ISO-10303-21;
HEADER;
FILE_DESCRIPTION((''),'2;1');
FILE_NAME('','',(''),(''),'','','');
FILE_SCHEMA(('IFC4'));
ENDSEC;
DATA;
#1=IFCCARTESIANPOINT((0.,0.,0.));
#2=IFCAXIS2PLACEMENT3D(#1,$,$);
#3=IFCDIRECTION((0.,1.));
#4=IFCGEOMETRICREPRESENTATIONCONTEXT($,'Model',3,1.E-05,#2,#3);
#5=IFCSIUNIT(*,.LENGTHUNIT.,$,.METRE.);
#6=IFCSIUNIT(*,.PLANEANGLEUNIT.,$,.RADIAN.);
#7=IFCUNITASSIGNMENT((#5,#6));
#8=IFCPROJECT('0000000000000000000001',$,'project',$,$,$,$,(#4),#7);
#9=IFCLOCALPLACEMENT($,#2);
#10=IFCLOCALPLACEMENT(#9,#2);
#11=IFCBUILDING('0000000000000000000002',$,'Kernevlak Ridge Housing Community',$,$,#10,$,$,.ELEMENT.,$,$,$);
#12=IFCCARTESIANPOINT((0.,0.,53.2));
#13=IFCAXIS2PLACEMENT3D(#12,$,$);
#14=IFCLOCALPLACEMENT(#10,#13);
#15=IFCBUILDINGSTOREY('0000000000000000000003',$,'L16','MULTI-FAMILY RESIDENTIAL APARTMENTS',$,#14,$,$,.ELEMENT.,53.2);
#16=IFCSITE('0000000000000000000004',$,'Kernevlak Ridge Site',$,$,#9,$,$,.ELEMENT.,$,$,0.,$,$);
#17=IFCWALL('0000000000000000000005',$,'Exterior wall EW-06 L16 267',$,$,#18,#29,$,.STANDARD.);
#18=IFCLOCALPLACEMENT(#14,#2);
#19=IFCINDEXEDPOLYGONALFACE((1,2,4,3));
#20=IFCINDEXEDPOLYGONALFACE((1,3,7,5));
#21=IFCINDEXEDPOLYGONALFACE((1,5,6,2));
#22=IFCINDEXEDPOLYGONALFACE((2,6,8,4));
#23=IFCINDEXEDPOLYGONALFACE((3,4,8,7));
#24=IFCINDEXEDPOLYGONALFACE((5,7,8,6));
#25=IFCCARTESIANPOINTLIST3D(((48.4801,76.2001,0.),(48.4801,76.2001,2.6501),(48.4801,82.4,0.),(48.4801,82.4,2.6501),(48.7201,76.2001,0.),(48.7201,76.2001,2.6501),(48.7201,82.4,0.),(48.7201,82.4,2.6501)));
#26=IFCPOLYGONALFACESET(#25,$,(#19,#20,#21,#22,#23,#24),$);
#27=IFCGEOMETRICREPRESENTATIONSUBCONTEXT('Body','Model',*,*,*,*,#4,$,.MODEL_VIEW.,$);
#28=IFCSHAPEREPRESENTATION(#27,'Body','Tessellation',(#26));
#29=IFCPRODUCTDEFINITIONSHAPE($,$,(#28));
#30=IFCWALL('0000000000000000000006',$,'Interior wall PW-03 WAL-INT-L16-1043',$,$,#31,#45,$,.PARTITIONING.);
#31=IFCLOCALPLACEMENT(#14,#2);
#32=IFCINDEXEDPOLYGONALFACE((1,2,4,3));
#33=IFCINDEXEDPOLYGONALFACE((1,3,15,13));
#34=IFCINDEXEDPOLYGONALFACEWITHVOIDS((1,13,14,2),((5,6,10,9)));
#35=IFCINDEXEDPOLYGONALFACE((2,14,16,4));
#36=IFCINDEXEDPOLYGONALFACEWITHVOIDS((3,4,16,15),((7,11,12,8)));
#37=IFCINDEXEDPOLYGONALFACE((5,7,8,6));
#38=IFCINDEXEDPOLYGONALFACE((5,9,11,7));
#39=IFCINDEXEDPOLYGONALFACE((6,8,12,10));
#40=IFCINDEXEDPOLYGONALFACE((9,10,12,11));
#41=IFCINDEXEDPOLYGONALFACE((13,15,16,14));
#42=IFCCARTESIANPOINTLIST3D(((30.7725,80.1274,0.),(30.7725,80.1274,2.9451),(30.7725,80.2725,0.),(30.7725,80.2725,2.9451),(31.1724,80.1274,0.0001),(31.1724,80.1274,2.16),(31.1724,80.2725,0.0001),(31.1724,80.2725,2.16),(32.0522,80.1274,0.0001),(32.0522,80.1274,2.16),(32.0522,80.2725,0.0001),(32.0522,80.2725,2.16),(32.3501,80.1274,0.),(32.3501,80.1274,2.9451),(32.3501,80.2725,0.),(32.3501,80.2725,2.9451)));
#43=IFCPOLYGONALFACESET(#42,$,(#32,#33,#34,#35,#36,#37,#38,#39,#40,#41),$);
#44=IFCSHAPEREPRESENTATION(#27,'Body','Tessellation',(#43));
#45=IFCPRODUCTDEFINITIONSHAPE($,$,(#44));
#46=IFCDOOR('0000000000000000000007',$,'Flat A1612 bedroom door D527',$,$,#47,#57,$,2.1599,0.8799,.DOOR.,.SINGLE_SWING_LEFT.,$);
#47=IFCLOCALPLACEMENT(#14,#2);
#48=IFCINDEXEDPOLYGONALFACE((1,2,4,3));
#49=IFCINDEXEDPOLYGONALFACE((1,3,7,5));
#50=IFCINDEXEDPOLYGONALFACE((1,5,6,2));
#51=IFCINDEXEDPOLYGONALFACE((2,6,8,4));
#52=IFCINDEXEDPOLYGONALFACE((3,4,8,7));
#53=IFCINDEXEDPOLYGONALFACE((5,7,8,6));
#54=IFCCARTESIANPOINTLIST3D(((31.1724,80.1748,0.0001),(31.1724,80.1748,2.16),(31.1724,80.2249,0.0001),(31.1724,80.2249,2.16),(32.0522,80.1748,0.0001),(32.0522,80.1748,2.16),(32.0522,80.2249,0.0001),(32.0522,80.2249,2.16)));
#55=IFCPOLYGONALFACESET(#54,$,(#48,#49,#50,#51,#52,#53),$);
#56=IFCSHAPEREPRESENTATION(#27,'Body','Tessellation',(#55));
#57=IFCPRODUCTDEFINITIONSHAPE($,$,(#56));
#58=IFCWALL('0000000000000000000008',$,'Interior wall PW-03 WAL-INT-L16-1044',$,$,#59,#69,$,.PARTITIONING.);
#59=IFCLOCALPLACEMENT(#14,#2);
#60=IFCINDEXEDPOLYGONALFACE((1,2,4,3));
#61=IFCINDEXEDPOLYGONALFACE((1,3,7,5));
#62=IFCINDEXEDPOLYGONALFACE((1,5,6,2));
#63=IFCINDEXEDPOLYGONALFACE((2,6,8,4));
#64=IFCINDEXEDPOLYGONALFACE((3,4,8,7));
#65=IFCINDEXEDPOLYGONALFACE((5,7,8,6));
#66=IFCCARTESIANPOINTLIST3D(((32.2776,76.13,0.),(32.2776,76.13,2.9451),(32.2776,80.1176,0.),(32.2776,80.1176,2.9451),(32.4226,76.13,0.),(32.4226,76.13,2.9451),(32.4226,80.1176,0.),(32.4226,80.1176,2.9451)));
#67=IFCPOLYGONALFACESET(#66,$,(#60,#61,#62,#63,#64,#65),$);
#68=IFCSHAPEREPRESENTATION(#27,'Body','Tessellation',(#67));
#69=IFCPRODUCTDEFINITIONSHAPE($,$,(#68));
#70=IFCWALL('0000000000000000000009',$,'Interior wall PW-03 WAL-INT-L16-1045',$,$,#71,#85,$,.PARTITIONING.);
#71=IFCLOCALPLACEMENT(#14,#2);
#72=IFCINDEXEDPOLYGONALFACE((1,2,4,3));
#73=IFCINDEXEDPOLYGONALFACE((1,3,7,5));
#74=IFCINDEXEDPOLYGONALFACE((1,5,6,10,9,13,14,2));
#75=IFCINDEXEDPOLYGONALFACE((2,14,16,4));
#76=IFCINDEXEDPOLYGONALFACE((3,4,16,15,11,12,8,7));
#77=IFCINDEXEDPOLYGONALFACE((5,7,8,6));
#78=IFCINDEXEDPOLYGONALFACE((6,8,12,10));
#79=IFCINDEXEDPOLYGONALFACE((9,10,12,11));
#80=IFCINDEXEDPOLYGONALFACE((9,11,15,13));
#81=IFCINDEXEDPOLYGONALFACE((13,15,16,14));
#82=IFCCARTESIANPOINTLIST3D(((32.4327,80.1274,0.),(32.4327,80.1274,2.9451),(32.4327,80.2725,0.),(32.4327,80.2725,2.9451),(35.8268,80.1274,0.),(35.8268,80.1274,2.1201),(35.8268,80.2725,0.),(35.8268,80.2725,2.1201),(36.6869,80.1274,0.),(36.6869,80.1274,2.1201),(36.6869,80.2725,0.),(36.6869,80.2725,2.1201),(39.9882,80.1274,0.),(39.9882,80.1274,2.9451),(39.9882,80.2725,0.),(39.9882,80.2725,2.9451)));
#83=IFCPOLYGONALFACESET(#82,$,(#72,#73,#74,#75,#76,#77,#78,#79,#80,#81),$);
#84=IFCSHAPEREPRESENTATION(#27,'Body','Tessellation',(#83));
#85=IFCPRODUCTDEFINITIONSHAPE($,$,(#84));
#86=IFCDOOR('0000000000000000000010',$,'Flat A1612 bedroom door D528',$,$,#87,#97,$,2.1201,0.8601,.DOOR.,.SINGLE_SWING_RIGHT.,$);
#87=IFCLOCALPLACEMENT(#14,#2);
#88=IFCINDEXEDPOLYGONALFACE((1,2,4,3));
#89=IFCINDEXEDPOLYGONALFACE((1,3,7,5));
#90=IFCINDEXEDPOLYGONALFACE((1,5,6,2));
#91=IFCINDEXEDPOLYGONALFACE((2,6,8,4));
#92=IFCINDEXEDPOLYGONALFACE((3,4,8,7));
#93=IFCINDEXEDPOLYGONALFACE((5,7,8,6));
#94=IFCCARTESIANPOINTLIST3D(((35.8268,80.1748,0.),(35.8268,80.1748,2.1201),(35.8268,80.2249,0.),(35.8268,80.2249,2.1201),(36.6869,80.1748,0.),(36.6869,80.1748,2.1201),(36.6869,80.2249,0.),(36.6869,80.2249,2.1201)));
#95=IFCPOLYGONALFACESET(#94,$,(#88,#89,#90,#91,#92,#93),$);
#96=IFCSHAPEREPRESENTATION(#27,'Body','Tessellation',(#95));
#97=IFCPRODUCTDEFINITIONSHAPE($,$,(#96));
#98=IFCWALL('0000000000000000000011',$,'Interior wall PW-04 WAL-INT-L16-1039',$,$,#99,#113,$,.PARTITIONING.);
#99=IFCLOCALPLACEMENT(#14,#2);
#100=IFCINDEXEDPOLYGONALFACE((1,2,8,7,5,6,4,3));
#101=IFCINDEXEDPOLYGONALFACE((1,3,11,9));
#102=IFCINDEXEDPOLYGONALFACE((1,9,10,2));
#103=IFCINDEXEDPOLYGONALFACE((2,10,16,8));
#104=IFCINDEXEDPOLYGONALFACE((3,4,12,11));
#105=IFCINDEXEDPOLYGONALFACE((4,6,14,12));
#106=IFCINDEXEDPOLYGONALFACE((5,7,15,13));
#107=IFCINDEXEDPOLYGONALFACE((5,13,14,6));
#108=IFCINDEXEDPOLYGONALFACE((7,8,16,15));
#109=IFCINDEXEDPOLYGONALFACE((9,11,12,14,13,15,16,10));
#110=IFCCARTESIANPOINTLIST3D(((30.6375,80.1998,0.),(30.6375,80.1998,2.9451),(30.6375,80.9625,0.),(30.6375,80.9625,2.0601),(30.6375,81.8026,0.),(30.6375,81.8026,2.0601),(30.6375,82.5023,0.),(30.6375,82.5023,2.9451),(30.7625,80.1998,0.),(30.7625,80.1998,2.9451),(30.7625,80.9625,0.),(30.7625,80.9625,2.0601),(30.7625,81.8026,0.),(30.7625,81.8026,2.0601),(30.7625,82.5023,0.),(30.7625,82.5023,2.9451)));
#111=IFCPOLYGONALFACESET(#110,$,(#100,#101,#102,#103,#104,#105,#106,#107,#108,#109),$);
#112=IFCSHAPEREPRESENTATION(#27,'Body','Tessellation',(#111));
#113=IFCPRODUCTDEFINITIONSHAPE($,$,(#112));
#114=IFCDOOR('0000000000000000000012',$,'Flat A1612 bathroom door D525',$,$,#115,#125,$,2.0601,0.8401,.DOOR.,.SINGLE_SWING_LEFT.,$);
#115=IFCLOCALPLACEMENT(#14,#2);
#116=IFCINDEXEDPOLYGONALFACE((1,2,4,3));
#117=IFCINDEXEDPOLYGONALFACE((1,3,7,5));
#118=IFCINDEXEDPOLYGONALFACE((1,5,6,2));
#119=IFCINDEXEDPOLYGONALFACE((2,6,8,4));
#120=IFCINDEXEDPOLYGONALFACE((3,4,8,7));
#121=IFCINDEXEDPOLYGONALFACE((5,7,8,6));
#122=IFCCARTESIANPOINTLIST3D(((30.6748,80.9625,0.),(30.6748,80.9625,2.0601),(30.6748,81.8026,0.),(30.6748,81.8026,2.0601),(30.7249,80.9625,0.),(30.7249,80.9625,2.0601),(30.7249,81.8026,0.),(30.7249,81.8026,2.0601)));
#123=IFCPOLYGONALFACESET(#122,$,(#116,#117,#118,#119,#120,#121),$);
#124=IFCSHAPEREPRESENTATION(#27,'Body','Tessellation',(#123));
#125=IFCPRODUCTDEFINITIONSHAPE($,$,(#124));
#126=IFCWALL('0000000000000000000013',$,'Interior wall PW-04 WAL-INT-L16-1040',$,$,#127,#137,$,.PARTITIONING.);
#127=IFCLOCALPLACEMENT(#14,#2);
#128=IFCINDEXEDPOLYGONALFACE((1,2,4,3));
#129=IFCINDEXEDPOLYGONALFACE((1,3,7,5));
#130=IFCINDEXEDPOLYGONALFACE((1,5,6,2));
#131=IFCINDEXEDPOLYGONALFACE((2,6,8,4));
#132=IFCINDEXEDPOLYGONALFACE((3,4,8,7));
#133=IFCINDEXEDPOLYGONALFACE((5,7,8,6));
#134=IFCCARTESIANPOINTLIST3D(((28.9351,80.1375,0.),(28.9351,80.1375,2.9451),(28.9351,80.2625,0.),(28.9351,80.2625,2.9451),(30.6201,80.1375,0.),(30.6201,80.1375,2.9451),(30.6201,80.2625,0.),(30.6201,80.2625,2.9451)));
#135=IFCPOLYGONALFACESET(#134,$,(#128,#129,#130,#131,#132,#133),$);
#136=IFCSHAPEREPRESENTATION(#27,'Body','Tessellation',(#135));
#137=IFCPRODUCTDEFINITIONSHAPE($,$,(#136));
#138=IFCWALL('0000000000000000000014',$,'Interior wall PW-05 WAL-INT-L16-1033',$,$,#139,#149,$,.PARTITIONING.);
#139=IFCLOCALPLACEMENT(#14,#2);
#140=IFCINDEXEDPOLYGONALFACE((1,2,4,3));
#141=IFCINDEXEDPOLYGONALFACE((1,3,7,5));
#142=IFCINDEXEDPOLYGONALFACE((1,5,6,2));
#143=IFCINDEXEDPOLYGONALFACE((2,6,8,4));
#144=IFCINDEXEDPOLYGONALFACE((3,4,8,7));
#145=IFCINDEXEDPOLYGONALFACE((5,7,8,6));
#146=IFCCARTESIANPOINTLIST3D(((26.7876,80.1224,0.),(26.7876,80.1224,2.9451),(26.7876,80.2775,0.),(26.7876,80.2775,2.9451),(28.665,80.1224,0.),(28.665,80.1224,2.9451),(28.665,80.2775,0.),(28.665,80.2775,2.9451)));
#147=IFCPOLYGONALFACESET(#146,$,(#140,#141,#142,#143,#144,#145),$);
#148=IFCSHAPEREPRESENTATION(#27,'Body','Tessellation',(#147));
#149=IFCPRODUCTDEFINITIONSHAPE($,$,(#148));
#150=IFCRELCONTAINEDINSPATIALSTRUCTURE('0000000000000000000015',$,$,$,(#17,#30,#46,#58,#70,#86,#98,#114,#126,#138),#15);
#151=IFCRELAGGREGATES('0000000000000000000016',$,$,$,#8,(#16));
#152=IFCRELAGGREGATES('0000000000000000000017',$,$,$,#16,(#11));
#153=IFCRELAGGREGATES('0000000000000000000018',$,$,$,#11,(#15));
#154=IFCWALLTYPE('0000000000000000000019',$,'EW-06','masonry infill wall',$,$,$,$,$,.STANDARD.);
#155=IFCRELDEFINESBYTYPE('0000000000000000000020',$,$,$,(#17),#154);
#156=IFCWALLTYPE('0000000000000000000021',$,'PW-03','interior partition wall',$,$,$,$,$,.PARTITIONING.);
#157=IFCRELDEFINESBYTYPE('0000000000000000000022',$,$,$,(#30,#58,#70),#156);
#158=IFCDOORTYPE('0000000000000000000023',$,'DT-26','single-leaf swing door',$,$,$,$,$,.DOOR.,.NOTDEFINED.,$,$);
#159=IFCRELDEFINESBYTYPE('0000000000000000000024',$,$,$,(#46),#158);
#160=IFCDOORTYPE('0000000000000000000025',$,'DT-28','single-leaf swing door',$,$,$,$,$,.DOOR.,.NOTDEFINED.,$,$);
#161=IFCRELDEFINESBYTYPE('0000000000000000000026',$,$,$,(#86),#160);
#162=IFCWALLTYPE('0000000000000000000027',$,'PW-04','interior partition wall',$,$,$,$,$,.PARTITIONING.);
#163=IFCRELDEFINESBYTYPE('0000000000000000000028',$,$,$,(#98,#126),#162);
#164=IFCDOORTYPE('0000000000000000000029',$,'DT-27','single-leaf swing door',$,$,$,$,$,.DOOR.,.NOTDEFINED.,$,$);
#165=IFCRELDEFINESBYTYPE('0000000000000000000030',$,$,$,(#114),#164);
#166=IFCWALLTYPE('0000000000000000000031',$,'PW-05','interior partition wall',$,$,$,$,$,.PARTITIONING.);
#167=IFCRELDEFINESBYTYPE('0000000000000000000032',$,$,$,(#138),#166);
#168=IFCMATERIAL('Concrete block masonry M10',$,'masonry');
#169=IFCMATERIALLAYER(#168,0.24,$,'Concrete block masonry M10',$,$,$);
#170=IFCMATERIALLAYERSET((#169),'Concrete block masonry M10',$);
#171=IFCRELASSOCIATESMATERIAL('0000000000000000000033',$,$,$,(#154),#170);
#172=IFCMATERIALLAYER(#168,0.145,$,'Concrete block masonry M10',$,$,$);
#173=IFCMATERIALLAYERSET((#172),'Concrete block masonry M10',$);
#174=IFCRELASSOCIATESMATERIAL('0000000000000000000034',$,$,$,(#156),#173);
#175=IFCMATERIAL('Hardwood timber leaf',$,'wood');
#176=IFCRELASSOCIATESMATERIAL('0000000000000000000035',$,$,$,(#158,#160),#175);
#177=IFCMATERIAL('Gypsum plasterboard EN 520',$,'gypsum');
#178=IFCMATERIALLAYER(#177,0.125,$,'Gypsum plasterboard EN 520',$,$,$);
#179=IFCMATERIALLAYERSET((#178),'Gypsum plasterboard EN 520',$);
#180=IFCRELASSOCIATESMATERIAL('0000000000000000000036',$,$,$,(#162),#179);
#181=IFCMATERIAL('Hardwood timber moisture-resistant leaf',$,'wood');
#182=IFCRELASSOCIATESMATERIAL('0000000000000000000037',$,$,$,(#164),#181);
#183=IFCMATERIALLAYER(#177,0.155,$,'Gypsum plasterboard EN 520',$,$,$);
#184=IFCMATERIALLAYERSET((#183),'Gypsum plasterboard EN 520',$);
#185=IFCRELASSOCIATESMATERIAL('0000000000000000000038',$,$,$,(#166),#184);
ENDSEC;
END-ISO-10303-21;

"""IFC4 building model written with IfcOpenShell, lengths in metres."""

from ifc_helpers import new_model, si_unit, direction, frame, frame_2d, origin, place, context, subcontext, project, spatial, rectangle, extrude, material, layer, layer_set, type_object, element, fill, save


model = new_model("IFC4")

# Units and contexts
model_context = context("Model", 3, precision=1e-05, world=origin(), true_north=direction((0.0, 1.0)))
body_context = subcontext(model_context, "Body", "Model", "MODEL_VIEW")
ifc_project = project(units=[si_unit("LENGTHUNIT", "METRE"), si_unit("PLANEANGLEUNIT", "RADIAN")], contexts=[model_context])

# Site, building, storey
site_placement = place(None, origin())
site = spatial("IfcSite", under=ifc_project, at=site_placement, Name="Kernevlak Ridge Site", CompositionType="ELEMENT", RefElevation=0.0)
building_placement = place(site_placement, origin())
building = spatial("IfcBuilding", under=site, at=building_placement, Name="Kernevlak Ridge Housing Community", CompositionType="ELEMENT")
storey_placement = place(building_placement, frame((0.0, 0.0, 53.2)))
storey = spatial("IfcBuildingStorey", under=building, at=storey_placement, Name="L16", Description="MULTI-FAMILY RESIDENTIAL APARTMENTS", CompositionType="ELEMENT", Elevation=53.2)

# Wall
ifc_material_1 = material(Name="Concrete block masonry M10", Category="masonry")
ifc_layer_1 = layer(ifc_material_1, 0.24, Name="Concrete block masonry M10")
ifc_layer_set_1 = layer_set([ifc_layer_1], Name="Concrete block masonry M10")
wall_type_1 = type_object("IfcWallType", Name="EW-06", Description="masonry infill wall", PredefinedType="STANDARD", material=ifc_layer_set_1)
wall_1_placement = place(storey_placement, frame((48.6001, 76.2, 0.0), z_axis=(0.0, 0.0, 1.0), x_axis=(0.0, 1.0, 0.0)))
element("IfcWall", 1, at=wall_1_placement, inside=storey, type_object=wall_type_1, Name="Exterior wall EW-06 L16 267", PredefinedType="STANDARD", context=body_context, shape_type="SweptSolid", body=[
    extrude(rectangle(XDim=6.2, YDim=0.24, at=frame_2d((3.1001, 0.0))), origin(), (0.0, 0.0, 1.0), 2.6501),
])

# Wall, opening, door
ifc_layer_2 = layer(ifc_material_1, 0.145, Name="Concrete block masonry M10")
ifc_layer_set_2 = layer_set([ifc_layer_2], Name="Concrete block masonry M10")
wall_type_2 = type_object("IfcWallType", Name="PW-03", Description="interior partition wall", PredefinedType="PARTITIONING", material=ifc_layer_set_2)
wall_2_placement = place(storey_placement, frame((30.7725, 80.2, 0.0), z_axis=(0.0, 0.0, 1.0), x_axis=(1.0, 0.0, 0.0)))
wall_2 = element("IfcWall", 2, at=wall_2_placement, inside=storey, type_object=wall_type_2, Name="Interior wall PW-03 WAL-INT-L16-1043", PredefinedType="PARTITIONING", context=body_context, shape_type="SweptSolid", body=[
    extrude(rectangle(XDim=1.5776, YDim=0.145, at=frame_2d((0.7888, 0.0))), origin(), (0.0, 0.0, 1.0), 2.9451),
])
opening_1_placement = place(wall_2_placement, frame((0.3999, 0.0, 0.0)))
opening_1 = element("IfcOpeningElement", 3, at=opening_1_placement, cuts=wall_2, PredefinedType="OPENING", context=body_context, shape_type="SweptSolid", body=[
    extrude(rectangle(XDim=0.8799, YDim=2.1599, at=frame_2d((0.4399, 1.0801))), frame((0.0, 0.0825, 0.0), z_axis=(0.0, -1.0, 0.0), x_axis=(1.0, 0.0, 0.0)), (0.0, 0.0, 1.0), 0.165),
])
ifc_material_2 = material(Name="Hardwood timber leaf", Category="wood")
door_type_1 = type_object("IfcDoorType", Name="DT-26", Description="single-leaf swing door", OperationType="NOTDEFINED", PredefinedType="DOOR", material=ifc_material_2)
door_1_placement = place(opening_1_placement, origin())
door_1 = element("IfcDoor", 4, at=door_1_placement, inside=storey, type_object=door_type_1, Name="Flat A1612 bedroom door D527", OperationType="SINGLE_SWING_LEFT", OverallHeight=2.1599, OverallWidth=0.8799, PredefinedType="DOOR", context=body_context, shape_type="SweptSolid", body=[
    extrude(rectangle(XDim=0.8799, YDim=2.1599, at=frame_2d((0.4399, 1.0801))), frame((0.0, 0.0249, 0.0), z_axis=(0.0, -1.0, 0.0), x_axis=(1.0, 0.0, 0.0)), (0.0, 0.0, 1.0), 0.05),
])
fill(opening_1, door_1)

# Wall
wall_3_placement = place(storey_placement, frame((32.3501, 80.1174, 0.0), z_axis=(0.0, 0.0, 1.0), x_axis=(0.0, -1.0, 0.0)))
element("IfcWall", 5, at=wall_3_placement, inside=storey, type_object=wall_type_2, Name="Interior wall PW-03 WAL-INT-L16-1044", PredefinedType="PARTITIONING", context=body_context, shape_type="SweptSolid", body=[
    extrude(rectangle(XDim=3.9875, YDim=0.145, at=frame_2d((1.9937, 0.0))), origin(), (0.0, 0.0, 1.0), 2.9451),
])

# Walls, openings, doors
wall_4_placement = place(storey_placement, frame((32.4326, 80.2, 0.0), z_axis=(0.0, 0.0, 1.0), x_axis=(1.0, 0.0, 0.0)))
wall_4 = element("IfcWall", 6, at=wall_4_placement, inside=storey, type_object=wall_type_2, Name="Interior wall PW-03 WAL-INT-L16-1045", PredefinedType="PARTITIONING", context=body_context, shape_type="SweptSolid", body=[
    extrude(rectangle(XDim=7.5554, YDim=0.145, at=frame_2d((3.7778, 0.0))), origin(), (0.0, 0.0, 1.0), 2.9451),
])
opening_2_placement = place(wall_4_placement, frame((3.394, 0.0, 0.0)))
opening_2 = element("IfcOpeningElement", 7, at=opening_2_placement, cuts=wall_4, PredefinedType="OPENING", context=body_context, shape_type="SweptSolid", body=[
    extrude(rectangle(XDim=0.8601, YDim=2.1201, at=frame_2d((0.4302, 1.0601))), frame((0.0, 0.0825, 0.0), z_axis=(0.0, -1.0, 0.0), x_axis=(1.0, 0.0, 0.0)), (0.0, 0.0, 1.0), 0.165),
])
door_type_2 = type_object("IfcDoorType", Name="DT-28", Description="single-leaf swing door", OperationType="NOTDEFINED", PredefinedType="DOOR", material=ifc_material_2)
door_2_placement = place(opening_2_placement, origin())
door_2 = element("IfcDoor", 8, at=door_2_placement, inside=storey, type_object=door_type_2, Name="Flat A1612 bedroom door D528", OperationType="SINGLE_SWING_RIGHT", OverallHeight=2.1201, OverallWidth=0.8601, PredefinedType="DOOR", context=body_context, shape_type="SweptSolid", body=[
    extrude(rectangle(XDim=0.8601, YDim=2.1201, at=frame_2d((0.4302, 1.0601))), frame((0.0, 0.0249, 0.0), z_axis=(0.0, -1.0, 0.0), x_axis=(1.0, 0.0, 0.0)), (0.0, 0.0, 1.0), 0.05),
])
fill(opening_2, door_2)
ifc_material_3 = material(Name="Gypsum plasterboard EN 520", Category="gypsum")
ifc_layer_3 = layer(ifc_material_3, 0.125, Name="Gypsum plasterboard EN 520")
ifc_layer_set_3 = layer_set([ifc_layer_3], Name="Gypsum plasterboard EN 520")
wall_type_3 = type_object("IfcWallType", Name="PW-04", Description="interior partition wall", PredefinedType="PARTITIONING", material=ifc_layer_set_3)
wall_5_placement = place(storey_placement, frame((30.7, 82.5024, 0.0), z_axis=(0.0, 0.0, 1.0), x_axis=(0.0, -1.0, 0.0)))
wall_5 = element("IfcWall", 9, at=wall_5_placement, inside=storey, type_object=wall_type_3, Name="Interior wall PW-04 WAL-INT-L16-1039", PredefinedType="PARTITIONING", context=body_context, shape_type="SweptSolid", body=[
    extrude(rectangle(XDim=2.3025, YDim=0.125, at=frame_2d((1.1514, 0.0))), origin(), (0.0, 0.0, 1.0), 2.9451),
])
opening_3_placement = place(wall_5_placement, frame((0.7, 0.0, 0.0)))
opening_3 = element("IfcOpeningElement", 10, at=opening_3_placement, cuts=wall_5, PredefinedType="OPENING", context=body_context, shape_type="SweptSolid", body=[
    extrude(rectangle(XDim=0.8401, YDim=2.0601, at=frame_2d((0.4199, 1.03))), frame((0.0, 0.0725, 0.0), z_axis=(0.0, -1.0, 0.0), x_axis=(1.0, 0.0, 0.0)), (0.0, 0.0, 1.0), 0.145),
])
ifc_material_4 = material(Name="Hardwood timber moisture-resistant leaf", Category="wood")
door_type_3 = type_object("IfcDoorType", Name="DT-27", Description="single-leaf swing door", OperationType="NOTDEFINED", PredefinedType="DOOR", material=ifc_material_4)
door_3_placement = place(opening_3_placement, origin())
door_3 = element("IfcDoor", 11, at=door_3_placement, inside=storey, type_object=door_type_3, Name="Flat A1612 bathroom door D525", OperationType="SINGLE_SWING_LEFT", OverallHeight=2.0601, OverallWidth=0.8401, PredefinedType="DOOR", context=body_context, shape_type="SweptSolid", body=[
    extrude(rectangle(XDim=0.8401, YDim=2.0601, at=frame_2d((0.4199, 1.03))), frame((0.0, 0.0249, 0.0), z_axis=(0.0, -1.0, 0.0), x_axis=(1.0, 0.0, 0.0)), (0.0, 0.0, 1.0), 0.05),
])
fill(opening_3, door_3)

# Walls
wall_6_placement = place(storey_placement, frame((28.9351, 80.2, 0.0), z_axis=(0.0, 0.0, 1.0), x_axis=(1.0, 0.0, 0.0)))
element("IfcWall", 12, at=wall_6_placement, inside=storey, type_object=wall_type_3, Name="Interior wall PW-04 WAL-INT-L16-1040", PredefinedType="PARTITIONING", context=body_context, shape_type="SweptSolid", body=[
    extrude(rectangle(XDim=1.6851, YDim=0.125, at=frame_2d((0.8425, 0.0))), origin(), (0.0, 0.0, 1.0), 2.9451),
])
ifc_layer_4 = layer(ifc_material_3, 0.155, Name="Gypsum plasterboard EN 520")
ifc_layer_set_4 = layer_set([ifc_layer_4], Name="Gypsum plasterboard EN 520")
wall_type_4 = type_object("IfcWallType", Name="PW-05", Description="interior partition wall", PredefinedType="PARTITIONING", material=ifc_layer_set_4)
wall_7_placement = place(storey_placement, frame((26.7876, 80.2, 0.0), z_axis=(0.0, 0.0, 1.0), x_axis=(1.0, 0.0, 0.0)))
element("IfcWall", 13, at=wall_7_placement, inside=storey, type_object=wall_type_4, Name="Interior wall PW-05 WAL-INT-L16-1033", PredefinedType="PARTITIONING", context=body_context, shape_type="SweptSolid", body=[
    extrude(rectangle(XDim=1.8774, YDim=0.155, at=frame_2d((0.9387, 0.0))), origin(), (0.0, 0.0, 1.0), 2.9451),
])

save(model, "model.ifc")
